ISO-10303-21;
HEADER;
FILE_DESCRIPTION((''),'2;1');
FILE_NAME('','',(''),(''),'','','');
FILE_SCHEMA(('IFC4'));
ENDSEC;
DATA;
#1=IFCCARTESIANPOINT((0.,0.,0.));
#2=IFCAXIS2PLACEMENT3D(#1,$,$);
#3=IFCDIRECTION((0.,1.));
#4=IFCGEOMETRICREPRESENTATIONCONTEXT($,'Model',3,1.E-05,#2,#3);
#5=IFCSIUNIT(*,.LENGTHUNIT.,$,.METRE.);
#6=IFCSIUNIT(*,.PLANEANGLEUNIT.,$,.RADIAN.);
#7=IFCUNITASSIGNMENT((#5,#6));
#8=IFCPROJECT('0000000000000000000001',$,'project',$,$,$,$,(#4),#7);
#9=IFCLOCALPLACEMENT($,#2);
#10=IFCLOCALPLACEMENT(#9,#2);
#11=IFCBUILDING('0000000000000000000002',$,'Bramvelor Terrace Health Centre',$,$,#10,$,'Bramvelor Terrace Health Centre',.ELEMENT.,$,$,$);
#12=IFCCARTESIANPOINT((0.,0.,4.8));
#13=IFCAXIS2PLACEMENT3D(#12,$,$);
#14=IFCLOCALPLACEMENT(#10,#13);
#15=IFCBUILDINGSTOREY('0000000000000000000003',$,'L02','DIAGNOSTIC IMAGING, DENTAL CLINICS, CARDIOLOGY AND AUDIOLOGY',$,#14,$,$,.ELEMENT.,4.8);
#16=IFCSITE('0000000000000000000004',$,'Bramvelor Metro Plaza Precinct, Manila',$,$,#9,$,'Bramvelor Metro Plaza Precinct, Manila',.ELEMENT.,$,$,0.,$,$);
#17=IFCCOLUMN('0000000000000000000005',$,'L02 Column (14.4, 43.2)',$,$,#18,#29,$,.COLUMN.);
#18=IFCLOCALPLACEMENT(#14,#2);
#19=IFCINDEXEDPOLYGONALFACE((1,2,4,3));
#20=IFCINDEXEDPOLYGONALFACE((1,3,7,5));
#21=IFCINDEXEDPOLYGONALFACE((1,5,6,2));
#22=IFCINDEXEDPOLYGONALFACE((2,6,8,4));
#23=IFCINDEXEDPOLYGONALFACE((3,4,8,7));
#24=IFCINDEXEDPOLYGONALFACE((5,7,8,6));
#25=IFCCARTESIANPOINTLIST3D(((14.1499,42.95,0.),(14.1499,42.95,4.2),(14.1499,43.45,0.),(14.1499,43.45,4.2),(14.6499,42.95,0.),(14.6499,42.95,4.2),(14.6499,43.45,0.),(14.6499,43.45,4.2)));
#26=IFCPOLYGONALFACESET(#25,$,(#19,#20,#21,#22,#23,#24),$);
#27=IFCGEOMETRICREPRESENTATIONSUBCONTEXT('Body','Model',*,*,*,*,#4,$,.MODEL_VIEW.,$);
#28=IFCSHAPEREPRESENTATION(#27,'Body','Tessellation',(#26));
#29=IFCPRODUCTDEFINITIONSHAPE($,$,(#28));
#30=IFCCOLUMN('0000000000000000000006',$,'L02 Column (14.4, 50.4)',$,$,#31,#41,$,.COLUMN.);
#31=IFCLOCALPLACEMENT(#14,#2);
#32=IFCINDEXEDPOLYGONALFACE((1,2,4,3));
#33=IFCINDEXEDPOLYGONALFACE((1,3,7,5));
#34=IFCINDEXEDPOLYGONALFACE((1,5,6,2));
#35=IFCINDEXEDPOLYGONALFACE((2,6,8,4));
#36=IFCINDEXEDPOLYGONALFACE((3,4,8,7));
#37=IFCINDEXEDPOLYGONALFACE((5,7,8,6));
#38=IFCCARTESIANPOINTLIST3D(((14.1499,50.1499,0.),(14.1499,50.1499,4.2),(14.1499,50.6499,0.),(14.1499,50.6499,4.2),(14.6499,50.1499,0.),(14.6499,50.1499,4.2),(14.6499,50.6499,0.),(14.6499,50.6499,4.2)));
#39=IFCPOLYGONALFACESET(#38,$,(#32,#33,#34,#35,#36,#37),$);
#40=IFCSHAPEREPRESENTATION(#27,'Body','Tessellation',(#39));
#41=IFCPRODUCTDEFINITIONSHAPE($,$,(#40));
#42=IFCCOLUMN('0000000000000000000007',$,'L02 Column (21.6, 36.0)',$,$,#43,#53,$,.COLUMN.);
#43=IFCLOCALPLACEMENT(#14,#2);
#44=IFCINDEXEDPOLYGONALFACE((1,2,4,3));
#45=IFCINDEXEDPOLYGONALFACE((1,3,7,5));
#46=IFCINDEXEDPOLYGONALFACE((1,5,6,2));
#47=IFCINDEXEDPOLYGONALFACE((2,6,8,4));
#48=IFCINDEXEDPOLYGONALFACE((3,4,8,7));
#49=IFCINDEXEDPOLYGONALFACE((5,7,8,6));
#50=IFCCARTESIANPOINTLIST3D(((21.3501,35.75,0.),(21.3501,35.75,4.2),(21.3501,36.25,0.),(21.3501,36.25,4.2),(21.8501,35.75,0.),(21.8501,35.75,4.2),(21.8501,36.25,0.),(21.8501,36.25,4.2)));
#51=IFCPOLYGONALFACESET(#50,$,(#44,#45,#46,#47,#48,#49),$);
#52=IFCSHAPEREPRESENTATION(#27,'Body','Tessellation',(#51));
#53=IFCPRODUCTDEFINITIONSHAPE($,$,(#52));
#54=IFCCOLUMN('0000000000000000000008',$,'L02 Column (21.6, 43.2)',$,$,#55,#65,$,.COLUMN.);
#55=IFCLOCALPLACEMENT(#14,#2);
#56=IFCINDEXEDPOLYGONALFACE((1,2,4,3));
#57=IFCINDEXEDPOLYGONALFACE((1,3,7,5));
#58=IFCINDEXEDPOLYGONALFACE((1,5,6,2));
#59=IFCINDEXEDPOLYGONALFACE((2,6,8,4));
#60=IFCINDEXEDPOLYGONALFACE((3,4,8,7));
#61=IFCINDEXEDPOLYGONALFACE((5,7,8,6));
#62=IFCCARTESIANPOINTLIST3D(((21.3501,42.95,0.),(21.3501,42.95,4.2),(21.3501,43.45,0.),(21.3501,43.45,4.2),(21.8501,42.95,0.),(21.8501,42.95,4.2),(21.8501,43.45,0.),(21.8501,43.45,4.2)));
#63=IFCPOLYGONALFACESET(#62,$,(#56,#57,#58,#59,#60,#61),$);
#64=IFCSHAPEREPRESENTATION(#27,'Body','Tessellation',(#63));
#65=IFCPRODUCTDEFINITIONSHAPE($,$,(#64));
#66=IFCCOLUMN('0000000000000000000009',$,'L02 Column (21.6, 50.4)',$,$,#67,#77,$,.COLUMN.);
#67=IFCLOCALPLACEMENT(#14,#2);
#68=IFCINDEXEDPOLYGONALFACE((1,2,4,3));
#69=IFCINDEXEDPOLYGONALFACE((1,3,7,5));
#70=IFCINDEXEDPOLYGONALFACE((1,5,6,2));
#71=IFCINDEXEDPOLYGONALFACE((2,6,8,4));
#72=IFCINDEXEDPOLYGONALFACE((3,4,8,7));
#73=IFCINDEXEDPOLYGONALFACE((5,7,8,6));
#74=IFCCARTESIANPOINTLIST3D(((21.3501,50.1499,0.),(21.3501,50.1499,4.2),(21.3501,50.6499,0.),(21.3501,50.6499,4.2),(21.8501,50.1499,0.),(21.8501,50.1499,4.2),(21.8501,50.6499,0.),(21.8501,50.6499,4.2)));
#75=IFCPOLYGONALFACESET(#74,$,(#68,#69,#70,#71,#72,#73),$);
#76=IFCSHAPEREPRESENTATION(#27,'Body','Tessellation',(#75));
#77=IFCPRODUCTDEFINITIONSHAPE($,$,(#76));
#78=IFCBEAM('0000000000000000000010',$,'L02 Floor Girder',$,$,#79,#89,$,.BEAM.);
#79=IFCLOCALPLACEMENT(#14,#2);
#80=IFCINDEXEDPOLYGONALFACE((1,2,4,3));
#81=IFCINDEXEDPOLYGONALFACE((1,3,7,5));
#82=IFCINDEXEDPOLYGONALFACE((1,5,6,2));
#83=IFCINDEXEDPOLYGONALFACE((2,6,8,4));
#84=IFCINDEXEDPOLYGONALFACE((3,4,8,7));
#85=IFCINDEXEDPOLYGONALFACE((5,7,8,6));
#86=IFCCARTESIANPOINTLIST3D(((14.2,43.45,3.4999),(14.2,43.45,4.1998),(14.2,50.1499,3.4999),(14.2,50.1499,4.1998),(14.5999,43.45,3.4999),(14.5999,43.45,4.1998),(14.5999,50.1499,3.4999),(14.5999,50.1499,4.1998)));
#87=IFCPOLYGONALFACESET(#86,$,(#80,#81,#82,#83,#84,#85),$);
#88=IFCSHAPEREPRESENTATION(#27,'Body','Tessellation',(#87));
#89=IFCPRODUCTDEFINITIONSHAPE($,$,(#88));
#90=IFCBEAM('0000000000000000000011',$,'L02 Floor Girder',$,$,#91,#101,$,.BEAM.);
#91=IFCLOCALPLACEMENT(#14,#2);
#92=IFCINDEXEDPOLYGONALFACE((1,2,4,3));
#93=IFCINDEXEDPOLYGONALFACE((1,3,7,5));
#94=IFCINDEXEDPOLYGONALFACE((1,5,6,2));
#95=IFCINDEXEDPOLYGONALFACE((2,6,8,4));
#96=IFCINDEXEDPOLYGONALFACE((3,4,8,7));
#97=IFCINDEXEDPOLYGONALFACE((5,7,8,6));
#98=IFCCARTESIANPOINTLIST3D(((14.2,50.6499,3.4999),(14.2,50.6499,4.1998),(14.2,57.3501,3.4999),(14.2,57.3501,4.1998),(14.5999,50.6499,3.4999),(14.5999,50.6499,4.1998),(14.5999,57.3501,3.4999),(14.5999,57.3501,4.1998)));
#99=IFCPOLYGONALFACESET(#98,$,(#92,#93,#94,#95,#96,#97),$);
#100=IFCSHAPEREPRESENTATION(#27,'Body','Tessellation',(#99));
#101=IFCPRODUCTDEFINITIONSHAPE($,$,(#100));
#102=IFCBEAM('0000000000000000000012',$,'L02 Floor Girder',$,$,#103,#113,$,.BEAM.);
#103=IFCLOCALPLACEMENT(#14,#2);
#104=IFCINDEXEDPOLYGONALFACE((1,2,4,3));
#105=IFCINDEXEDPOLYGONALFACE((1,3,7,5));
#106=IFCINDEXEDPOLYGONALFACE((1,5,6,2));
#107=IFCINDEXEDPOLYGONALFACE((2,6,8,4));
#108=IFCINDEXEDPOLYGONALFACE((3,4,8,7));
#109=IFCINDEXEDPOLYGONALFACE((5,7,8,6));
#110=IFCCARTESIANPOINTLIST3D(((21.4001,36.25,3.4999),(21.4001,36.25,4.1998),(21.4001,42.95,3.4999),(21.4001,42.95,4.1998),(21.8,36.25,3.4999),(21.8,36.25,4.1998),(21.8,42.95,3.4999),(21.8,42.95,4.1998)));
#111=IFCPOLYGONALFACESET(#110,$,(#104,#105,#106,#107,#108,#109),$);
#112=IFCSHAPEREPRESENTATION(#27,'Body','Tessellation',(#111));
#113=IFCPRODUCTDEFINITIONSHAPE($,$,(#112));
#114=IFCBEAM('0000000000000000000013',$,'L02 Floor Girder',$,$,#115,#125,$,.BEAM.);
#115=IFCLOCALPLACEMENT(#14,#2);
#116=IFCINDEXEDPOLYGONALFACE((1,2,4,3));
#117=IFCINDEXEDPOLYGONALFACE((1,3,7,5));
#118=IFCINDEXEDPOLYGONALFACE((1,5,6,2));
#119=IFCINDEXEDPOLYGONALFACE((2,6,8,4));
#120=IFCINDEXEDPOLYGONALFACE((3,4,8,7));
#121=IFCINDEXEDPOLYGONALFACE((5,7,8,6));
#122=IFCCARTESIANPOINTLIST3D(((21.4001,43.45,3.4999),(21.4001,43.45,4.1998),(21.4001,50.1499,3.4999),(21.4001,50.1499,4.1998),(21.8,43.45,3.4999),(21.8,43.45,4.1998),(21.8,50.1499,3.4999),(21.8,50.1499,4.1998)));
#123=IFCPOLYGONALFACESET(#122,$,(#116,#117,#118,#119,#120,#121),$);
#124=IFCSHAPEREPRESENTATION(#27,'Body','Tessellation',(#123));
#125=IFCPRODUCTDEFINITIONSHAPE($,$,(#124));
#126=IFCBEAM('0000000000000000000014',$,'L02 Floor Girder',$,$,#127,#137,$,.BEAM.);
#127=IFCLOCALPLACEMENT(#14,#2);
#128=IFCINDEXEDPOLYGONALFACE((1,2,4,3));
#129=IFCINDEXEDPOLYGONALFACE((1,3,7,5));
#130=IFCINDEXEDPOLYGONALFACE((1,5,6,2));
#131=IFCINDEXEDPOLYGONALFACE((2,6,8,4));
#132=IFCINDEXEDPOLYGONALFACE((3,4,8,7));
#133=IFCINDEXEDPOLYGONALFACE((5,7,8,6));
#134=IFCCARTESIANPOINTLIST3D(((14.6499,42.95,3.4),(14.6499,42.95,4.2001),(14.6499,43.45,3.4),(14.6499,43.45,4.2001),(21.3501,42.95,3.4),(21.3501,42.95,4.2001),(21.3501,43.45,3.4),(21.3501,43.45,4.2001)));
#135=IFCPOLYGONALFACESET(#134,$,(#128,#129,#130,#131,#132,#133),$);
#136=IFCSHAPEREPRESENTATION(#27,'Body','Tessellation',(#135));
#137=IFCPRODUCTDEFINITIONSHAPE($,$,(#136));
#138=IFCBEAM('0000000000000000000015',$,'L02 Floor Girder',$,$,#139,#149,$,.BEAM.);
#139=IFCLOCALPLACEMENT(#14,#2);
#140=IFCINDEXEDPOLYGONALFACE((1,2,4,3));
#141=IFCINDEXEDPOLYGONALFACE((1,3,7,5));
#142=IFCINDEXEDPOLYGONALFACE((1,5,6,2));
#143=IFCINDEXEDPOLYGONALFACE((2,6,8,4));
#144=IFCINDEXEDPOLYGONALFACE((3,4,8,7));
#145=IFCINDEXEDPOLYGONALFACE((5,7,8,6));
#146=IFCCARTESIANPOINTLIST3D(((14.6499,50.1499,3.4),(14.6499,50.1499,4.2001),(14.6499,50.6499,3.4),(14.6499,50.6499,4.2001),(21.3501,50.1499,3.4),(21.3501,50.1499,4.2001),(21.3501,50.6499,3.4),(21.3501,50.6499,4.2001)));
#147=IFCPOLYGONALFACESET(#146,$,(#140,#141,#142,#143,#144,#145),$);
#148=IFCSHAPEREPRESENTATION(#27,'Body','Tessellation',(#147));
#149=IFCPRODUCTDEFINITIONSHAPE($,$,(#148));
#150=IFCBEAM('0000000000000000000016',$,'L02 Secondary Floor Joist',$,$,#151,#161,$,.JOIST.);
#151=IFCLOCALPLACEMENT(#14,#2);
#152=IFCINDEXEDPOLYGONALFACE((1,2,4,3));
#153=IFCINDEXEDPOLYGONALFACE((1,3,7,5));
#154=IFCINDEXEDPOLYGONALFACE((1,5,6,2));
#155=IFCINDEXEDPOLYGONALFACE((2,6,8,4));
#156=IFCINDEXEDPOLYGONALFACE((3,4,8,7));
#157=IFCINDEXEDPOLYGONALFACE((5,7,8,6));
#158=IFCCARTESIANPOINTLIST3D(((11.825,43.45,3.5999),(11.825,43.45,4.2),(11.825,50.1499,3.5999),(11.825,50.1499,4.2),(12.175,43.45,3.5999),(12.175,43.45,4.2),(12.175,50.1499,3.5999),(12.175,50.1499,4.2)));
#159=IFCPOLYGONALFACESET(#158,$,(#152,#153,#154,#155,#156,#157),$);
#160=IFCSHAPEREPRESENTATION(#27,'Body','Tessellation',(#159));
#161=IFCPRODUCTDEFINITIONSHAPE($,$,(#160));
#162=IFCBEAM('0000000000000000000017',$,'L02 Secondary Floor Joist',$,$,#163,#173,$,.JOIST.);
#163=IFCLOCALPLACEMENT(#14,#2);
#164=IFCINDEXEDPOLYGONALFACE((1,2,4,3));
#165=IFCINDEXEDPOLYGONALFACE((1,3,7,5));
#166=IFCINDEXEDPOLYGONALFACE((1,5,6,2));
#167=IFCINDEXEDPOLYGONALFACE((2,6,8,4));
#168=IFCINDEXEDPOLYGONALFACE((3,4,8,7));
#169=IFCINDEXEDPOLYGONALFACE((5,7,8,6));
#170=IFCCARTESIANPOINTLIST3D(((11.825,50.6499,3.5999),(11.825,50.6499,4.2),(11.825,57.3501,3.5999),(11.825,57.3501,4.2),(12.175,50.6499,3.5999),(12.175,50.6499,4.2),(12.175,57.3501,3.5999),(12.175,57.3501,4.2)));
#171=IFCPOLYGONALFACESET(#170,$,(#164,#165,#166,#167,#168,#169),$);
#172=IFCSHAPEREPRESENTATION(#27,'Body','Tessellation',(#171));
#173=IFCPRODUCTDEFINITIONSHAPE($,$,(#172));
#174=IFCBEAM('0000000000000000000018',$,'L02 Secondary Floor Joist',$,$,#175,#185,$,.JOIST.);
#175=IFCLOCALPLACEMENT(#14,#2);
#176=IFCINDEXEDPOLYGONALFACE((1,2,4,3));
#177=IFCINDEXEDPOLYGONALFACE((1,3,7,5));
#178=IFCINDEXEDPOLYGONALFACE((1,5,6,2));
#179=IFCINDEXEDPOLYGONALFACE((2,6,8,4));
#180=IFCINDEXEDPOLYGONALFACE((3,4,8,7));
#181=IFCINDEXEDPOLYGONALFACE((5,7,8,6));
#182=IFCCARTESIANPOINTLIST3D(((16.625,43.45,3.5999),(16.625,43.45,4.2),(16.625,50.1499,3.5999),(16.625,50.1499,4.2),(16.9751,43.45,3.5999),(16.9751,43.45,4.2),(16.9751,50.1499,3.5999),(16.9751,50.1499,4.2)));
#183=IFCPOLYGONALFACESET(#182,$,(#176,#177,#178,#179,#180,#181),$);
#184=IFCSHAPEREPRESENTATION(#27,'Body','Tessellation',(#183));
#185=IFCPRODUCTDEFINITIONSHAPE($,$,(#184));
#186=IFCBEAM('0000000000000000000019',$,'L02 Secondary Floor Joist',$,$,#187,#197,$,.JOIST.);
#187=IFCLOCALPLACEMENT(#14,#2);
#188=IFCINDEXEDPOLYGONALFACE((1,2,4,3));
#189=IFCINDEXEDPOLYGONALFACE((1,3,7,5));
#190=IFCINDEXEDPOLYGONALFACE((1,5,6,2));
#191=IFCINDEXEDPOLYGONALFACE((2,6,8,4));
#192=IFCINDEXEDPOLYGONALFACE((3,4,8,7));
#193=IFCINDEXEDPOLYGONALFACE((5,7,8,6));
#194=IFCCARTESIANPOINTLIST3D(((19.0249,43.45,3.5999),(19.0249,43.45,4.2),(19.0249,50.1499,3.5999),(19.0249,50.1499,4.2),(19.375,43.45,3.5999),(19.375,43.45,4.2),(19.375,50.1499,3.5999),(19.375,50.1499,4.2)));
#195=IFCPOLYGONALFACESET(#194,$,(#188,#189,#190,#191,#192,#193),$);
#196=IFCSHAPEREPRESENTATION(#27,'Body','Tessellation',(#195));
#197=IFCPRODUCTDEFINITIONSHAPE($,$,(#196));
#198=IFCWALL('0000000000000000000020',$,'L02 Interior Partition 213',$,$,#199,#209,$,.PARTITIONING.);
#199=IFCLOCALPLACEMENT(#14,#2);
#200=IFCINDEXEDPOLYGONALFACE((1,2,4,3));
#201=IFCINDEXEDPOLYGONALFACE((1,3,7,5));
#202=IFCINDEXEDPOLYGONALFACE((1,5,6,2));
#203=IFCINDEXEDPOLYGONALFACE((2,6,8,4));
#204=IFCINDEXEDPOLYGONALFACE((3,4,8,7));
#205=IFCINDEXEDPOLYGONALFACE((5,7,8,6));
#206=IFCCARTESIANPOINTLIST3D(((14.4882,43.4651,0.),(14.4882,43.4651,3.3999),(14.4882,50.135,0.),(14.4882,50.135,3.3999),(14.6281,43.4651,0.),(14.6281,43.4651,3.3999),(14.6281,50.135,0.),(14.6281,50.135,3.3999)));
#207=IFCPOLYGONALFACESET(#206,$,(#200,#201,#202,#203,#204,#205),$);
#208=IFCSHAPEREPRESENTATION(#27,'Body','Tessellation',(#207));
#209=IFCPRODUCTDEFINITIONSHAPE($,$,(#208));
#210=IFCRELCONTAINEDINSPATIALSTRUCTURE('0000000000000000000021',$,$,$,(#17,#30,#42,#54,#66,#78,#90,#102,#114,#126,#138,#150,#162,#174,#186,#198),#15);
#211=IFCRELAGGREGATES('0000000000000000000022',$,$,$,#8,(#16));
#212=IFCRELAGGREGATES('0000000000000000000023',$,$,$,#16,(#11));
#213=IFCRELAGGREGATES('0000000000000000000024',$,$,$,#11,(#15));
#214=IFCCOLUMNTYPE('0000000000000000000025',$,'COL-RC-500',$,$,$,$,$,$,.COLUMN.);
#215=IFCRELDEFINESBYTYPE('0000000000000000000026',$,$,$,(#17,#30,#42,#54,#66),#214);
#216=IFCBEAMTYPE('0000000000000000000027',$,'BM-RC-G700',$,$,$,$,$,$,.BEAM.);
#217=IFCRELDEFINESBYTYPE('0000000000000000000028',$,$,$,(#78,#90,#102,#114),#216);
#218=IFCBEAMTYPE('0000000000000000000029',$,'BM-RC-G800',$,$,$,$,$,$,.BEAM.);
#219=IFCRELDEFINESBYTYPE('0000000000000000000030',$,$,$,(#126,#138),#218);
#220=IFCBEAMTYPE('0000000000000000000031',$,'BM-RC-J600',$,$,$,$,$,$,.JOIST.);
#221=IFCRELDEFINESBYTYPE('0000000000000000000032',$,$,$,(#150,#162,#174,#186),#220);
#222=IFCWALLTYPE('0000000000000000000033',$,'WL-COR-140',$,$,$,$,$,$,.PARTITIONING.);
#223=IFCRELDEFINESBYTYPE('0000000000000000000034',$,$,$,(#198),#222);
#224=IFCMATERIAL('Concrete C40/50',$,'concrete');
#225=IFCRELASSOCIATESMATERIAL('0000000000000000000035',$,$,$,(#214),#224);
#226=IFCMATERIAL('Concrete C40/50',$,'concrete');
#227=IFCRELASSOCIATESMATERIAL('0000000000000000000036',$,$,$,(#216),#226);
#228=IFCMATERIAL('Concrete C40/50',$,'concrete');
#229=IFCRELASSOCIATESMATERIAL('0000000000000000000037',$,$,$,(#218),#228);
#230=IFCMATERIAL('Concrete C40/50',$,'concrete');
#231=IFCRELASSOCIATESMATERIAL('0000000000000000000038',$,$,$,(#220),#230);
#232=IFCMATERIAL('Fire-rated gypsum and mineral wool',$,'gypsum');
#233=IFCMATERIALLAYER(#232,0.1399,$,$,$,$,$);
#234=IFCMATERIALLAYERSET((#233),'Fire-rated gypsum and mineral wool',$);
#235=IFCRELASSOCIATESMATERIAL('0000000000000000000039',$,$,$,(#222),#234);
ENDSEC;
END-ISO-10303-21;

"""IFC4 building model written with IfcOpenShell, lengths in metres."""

from ifc_helpers import new_model, si_unit, direction, frame, frame_2d, origin, origin_2d, place, context, subcontext, project, spatial, rectangle, extrude, material, layer, layer_set, material_profile, profile_set, type_object, element, save


model = new_model("IFC4")

# Units and contexts
model_context = context("Model", 3, precision=1e-05, world=origin(), true_north=direction((0.0, 1.0)))
body_context = subcontext(model_context, "Body", "Model", "MODEL_VIEW")
ifc_project = project(units=[si_unit("LENGTHUNIT", "METRE"), si_unit("PLANEANGLEUNIT", "RADIAN")], contexts=[model_context])

# Site, building, storey
site_placement = place(None, origin())
site = spatial("IfcSite", under=ifc_project, at=site_placement, Name="Bramvelor Metro Plaza Precinct, Manila", LongName="Bramvelor Metro Plaza Precinct, Manila", CompositionType="ELEMENT", RefElevation=0.0)
building_placement = place(site_placement, origin())
building = spatial("IfcBuilding", under=site, at=building_placement, Name="Bramvelor Terrace Health Centre", LongName="Bramvelor Terrace Health Centre", CompositionType="ELEMENT")
storey_placement = place(building_placement, frame((0.0, 0.0, 4.8)))
storey = spatial("IfcBuildingStorey", under=building, at=storey_placement, Name="L02", Description="DIAGNOSTIC IMAGING, DENTAL CLINICS, CARDIOLOGY AND AUDIOLOGY", CompositionType="ELEMENT", Elevation=4.8)

# Columns
ifc_material_1 = material(Name="Concrete C40/50", Category="concrete")
ifc_material_profile_1 = material_profile(ifc_material_1, rectangle(XDim=0.5, YDim=0.5, at=origin_2d()), Name="RC 500x500")
ifc_profile_set_1 = profile_set([ifc_material_profile_1], Name="Concrete C40/50")
column_type = type_object("IfcColumnType", Name="COL-RC-500", PredefinedType="COLUMN", material=ifc_profile_set_1)
for number, where, z_axis, x_axis, name in (
    (1, (14.3999, 43.2, 0.0), (0.0, 0.0, 1.0), (1.0, 0.0, 0.0), "L02 Column (14.4, 43.2)"),
    (2, (14.3999, 50.3999, 0.0), (0.0, 0.0, 1.0), (1.0, 0.0, 0.0), "L02 Column (14.4, 50.4)"),
    (3, (21.6001, 36.0, 0.0), (0.0, 0.0, 1.0), (1.0, 0.0, 0.0), "L02 Column (21.6, 36.0)"),
    (4, (21.6001, 43.2, 0.0), (0.0, 0.0, 1.0), (1.0, 0.0, 0.0), "L02 Column (21.6, 43.2)"),
    (5, (21.6001, 50.3999, 0.0), (0.0, 0.0, 1.0), (1.0, 0.0, 0.0), "L02 Column (21.6, 50.4)"),
):
    element("IfcColumn", number, at=place(storey_placement, frame(where, z_axis=z_axis, x_axis=x_axis)), inside=storey, type_object=column_type, Name=name, PredefinedType="COLUMN", context=body_context, shape_type="SweptSolid", body=[
        extrude(rectangle(XDim=0.5, YDim=0.5, at=origin_2d()), origin(), (0.0, 0.0, 1.0), 4.2),
    ])

# Beams
ifc_material_2 = material(Name="Concrete C40/50", Category="concrete")
ifc_material_profile_2 = material_profile(ifc_material_2, rectangle(XDim=0.3999, YDim=0.7, at=origin_2d()), Name="RC 400x700")
ifc_profile_set_2 = profile_set([ifc_material_profile_2], Name="Concrete C40/50")
beam_type_1 = type_object("IfcBeamType", Name="BM-RC-G700", PredefinedType="BEAM", material=ifc_profile_set_2)
beam_1_placement = place(storey_placement, frame((14.3999, 43.45, 3.8499), z_axis=(0.0, 1.0, 0.0), x_axis=(-1.0, 0.0, 0.0)))
element("IfcBeam", 6, at=beam_1_placement, inside=storey, type_object=beam_type_1, Name="L02 Floor Girder", PredefinedType="BEAM", context=body_context, shape_type="SweptSolid", body=[
    extrude(rectangle(XDim=0.3999, YDim=0.7, at=origin_2d()), origin(), (0.0, 0.0, 1.0), 6.7),
])
beam_2_placement = place(storey_placement, frame((14.3999, 50.6499, 3.8499), z_axis=(0.0, 1.0, 0.0), x_axis=(-1.0, 0.0, 0.0)))
element("IfcBeam", 7, at=beam_2_placement, inside=storey, type_object=beam_type_1, Name="L02 Floor Girder", PredefinedType="BEAM", context=body_context, shape_type="SweptSolid", body=[
    extrude(rectangle(XDim=0.3999, YDim=0.7, at=origin_2d()), origin(), (0.0, 0.0, 1.0), 6.7002),
])
for number, where, z_axis, x_axis, name in (
    (8, (21.6001, 36.25, 3.8499), (0.0, 1.0, 0.0), (-1.0, 0.0, 0.0), "L02 Floor Girder"),
    (9, (21.6001, 43.45, 3.8499), (0.0, 1.0, 0.0), (-1.0, 0.0, 0.0), "L02 Floor Girder"),
):
    element("IfcBeam", number, at=place(storey_placement, frame(where, z_axis=z_axis, x_axis=x_axis)), inside=storey, type_object=beam_type_1, Name=name, PredefinedType="BEAM", context=body_context, shape_type="SweptSolid", body=[
        extrude(rectangle(XDim=0.3999, YDim=0.7, at=origin_2d()), origin(), (0.0, 0.0, 1.0), 6.7),
    ])
ifc_material_3 = material(Name="Concrete C40/50", Category="concrete")
ifc_material_profile_3 = material_profile(ifc_material_3, rectangle(XDim=0.5, YDim=0.8, at=origin_2d()), Name="RC 500x800")
ifc_profile_set_3 = profile_set([ifc_material_profile_3], Name="Concrete C40/50")
beam_type_2 = type_object("IfcBeamType", Name="BM-RC-G800", PredefinedType="BEAM", material=ifc_profile_set_3)
for number, where, z_axis, x_axis, name in (
    (10, (14.6499, 43.2, 3.8), (1.0, 0.0, 0.0), (0.0, 1.0, 0.0), "L02 Floor Girder"),
    (11, (14.6499, 50.3999, 3.8), (1.0, 0.0, 0.0), (0.0, 1.0, 0.0), "L02 Floor Girder"),
):
    element("IfcBeam", number, at=place(storey_placement, frame(where, z_axis=z_axis, x_axis=x_axis)), inside=storey, type_object=beam_type_2, Name=name, PredefinedType="BEAM", context=body_context, shape_type="SweptSolid", body=[
        extrude(rectangle(XDim=0.5, YDim=0.8, at=origin_2d()), origin(), (0.0, 0.0, 1.0), 6.7002),
    ])
ifc_material_4 = material(Name="Concrete C40/50", Category="concrete")
ifc_material_profile_4 = material_profile(ifc_material_4, rectangle(XDim=0.3501, YDim=0.6001, at=origin_2d()), Name="RC 350x600")
ifc_profile_set_4 = profile_set([ifc_material_profile_4], Name="Concrete C40/50")
beam_type_3 = type_object("IfcBeamType", Name="BM-RC-J600", PredefinedType="JOIST", material=ifc_profile_set_4)
beam_3_placement = place(storey_placement, frame((12.0, 43.45, 3.8999), z_axis=(0.0, 1.0, 0.0), x_axis=(-1.0, 0.0, 0.0)))
element("IfcBeam", 12, at=beam_3_placement, inside=storey, type_object=beam_type_3, Name="L02 Secondary Floor Joist", PredefinedType="JOIST", context=body_context, shape_type="SweptSolid", body=[
    extrude(rectangle(XDim=0.3501, YDim=0.6001, at=origin_2d()), origin(), (0.0, 0.0, 1.0), 6.7),
])
beam_4_placement = place(storey_placement, frame((12.0, 50.6499, 3.8999), z_axis=(0.0, 1.0, 0.0), x_axis=(-1.0, 0.0, 0.0)))
element("IfcBeam", 13, at=beam_4_placement, inside=storey, type_object=beam_type_3, Name="L02 Secondary Floor Joist", PredefinedType="JOIST", context=body_context, shape_type="SweptSolid", body=[
    extrude(rectangle(XDim=0.3501, YDim=0.6001, at=origin_2d()), origin(), (0.0, 0.0, 1.0), 6.7002),
])
for number, where, z_axis, x_axis, name in (
    (14, (16.8, 43.45, 3.8999), (0.0, 1.0, 0.0), (-1.0, 0.0, 0.0), "L02 Secondary Floor Joist"),
    (15, (19.2, 43.45, 3.8999), (0.0, 1.0, 0.0), (-1.0, 0.0, 0.0), "L02 Secondary Floor Joist"),
):
    element("IfcBeam", number, at=place(storey_placement, frame(where, z_axis=z_axis, x_axis=x_axis)), inside=storey, type_object=beam_type_3, Name=name, PredefinedType="JOIST", context=body_context, shape_type="SweptSolid", body=[
        extrude(rectangle(XDim=0.3501, YDim=0.6001, at=origin_2d()), origin(), (0.0, 0.0, 1.0), 6.7),
    ])

# Wall
ifc_material_5 = material(Name="Fire-rated gypsum and mineral wool", Category="gypsum")
ifc_layer_1 = layer(ifc_material_5, 0.1399)
ifc_layer_set_1 = layer_set([ifc_layer_1], Name="Fire-rated gypsum and mineral wool")
wall_type_1 = type_object("IfcWallType", Name="WL-COR-140", PredefinedType="PARTITIONING", material=ifc_layer_set_1)
wall_1_placement = place(storey_placement, frame((14.5581, 50.135, 0.0), z_axis=(0.0, 0.0, 1.0), x_axis=(0.0, -1.0, 0.0)))
element("IfcWall", 16, at=wall_1_placement, inside=storey, type_object=wall_type_1, Name="L02 Interior Partition 213", PredefinedType="PARTITIONING", context=body_context, shape_type="SweptSolid", body=[
    extrude(rectangle(XDim=6.6699, YDim=0.1399, at=frame_2d((3.335, 0.0))), origin(), (0.0, 0.0, 1.0), 3.3999),
])

save(model, "model.ifc")
